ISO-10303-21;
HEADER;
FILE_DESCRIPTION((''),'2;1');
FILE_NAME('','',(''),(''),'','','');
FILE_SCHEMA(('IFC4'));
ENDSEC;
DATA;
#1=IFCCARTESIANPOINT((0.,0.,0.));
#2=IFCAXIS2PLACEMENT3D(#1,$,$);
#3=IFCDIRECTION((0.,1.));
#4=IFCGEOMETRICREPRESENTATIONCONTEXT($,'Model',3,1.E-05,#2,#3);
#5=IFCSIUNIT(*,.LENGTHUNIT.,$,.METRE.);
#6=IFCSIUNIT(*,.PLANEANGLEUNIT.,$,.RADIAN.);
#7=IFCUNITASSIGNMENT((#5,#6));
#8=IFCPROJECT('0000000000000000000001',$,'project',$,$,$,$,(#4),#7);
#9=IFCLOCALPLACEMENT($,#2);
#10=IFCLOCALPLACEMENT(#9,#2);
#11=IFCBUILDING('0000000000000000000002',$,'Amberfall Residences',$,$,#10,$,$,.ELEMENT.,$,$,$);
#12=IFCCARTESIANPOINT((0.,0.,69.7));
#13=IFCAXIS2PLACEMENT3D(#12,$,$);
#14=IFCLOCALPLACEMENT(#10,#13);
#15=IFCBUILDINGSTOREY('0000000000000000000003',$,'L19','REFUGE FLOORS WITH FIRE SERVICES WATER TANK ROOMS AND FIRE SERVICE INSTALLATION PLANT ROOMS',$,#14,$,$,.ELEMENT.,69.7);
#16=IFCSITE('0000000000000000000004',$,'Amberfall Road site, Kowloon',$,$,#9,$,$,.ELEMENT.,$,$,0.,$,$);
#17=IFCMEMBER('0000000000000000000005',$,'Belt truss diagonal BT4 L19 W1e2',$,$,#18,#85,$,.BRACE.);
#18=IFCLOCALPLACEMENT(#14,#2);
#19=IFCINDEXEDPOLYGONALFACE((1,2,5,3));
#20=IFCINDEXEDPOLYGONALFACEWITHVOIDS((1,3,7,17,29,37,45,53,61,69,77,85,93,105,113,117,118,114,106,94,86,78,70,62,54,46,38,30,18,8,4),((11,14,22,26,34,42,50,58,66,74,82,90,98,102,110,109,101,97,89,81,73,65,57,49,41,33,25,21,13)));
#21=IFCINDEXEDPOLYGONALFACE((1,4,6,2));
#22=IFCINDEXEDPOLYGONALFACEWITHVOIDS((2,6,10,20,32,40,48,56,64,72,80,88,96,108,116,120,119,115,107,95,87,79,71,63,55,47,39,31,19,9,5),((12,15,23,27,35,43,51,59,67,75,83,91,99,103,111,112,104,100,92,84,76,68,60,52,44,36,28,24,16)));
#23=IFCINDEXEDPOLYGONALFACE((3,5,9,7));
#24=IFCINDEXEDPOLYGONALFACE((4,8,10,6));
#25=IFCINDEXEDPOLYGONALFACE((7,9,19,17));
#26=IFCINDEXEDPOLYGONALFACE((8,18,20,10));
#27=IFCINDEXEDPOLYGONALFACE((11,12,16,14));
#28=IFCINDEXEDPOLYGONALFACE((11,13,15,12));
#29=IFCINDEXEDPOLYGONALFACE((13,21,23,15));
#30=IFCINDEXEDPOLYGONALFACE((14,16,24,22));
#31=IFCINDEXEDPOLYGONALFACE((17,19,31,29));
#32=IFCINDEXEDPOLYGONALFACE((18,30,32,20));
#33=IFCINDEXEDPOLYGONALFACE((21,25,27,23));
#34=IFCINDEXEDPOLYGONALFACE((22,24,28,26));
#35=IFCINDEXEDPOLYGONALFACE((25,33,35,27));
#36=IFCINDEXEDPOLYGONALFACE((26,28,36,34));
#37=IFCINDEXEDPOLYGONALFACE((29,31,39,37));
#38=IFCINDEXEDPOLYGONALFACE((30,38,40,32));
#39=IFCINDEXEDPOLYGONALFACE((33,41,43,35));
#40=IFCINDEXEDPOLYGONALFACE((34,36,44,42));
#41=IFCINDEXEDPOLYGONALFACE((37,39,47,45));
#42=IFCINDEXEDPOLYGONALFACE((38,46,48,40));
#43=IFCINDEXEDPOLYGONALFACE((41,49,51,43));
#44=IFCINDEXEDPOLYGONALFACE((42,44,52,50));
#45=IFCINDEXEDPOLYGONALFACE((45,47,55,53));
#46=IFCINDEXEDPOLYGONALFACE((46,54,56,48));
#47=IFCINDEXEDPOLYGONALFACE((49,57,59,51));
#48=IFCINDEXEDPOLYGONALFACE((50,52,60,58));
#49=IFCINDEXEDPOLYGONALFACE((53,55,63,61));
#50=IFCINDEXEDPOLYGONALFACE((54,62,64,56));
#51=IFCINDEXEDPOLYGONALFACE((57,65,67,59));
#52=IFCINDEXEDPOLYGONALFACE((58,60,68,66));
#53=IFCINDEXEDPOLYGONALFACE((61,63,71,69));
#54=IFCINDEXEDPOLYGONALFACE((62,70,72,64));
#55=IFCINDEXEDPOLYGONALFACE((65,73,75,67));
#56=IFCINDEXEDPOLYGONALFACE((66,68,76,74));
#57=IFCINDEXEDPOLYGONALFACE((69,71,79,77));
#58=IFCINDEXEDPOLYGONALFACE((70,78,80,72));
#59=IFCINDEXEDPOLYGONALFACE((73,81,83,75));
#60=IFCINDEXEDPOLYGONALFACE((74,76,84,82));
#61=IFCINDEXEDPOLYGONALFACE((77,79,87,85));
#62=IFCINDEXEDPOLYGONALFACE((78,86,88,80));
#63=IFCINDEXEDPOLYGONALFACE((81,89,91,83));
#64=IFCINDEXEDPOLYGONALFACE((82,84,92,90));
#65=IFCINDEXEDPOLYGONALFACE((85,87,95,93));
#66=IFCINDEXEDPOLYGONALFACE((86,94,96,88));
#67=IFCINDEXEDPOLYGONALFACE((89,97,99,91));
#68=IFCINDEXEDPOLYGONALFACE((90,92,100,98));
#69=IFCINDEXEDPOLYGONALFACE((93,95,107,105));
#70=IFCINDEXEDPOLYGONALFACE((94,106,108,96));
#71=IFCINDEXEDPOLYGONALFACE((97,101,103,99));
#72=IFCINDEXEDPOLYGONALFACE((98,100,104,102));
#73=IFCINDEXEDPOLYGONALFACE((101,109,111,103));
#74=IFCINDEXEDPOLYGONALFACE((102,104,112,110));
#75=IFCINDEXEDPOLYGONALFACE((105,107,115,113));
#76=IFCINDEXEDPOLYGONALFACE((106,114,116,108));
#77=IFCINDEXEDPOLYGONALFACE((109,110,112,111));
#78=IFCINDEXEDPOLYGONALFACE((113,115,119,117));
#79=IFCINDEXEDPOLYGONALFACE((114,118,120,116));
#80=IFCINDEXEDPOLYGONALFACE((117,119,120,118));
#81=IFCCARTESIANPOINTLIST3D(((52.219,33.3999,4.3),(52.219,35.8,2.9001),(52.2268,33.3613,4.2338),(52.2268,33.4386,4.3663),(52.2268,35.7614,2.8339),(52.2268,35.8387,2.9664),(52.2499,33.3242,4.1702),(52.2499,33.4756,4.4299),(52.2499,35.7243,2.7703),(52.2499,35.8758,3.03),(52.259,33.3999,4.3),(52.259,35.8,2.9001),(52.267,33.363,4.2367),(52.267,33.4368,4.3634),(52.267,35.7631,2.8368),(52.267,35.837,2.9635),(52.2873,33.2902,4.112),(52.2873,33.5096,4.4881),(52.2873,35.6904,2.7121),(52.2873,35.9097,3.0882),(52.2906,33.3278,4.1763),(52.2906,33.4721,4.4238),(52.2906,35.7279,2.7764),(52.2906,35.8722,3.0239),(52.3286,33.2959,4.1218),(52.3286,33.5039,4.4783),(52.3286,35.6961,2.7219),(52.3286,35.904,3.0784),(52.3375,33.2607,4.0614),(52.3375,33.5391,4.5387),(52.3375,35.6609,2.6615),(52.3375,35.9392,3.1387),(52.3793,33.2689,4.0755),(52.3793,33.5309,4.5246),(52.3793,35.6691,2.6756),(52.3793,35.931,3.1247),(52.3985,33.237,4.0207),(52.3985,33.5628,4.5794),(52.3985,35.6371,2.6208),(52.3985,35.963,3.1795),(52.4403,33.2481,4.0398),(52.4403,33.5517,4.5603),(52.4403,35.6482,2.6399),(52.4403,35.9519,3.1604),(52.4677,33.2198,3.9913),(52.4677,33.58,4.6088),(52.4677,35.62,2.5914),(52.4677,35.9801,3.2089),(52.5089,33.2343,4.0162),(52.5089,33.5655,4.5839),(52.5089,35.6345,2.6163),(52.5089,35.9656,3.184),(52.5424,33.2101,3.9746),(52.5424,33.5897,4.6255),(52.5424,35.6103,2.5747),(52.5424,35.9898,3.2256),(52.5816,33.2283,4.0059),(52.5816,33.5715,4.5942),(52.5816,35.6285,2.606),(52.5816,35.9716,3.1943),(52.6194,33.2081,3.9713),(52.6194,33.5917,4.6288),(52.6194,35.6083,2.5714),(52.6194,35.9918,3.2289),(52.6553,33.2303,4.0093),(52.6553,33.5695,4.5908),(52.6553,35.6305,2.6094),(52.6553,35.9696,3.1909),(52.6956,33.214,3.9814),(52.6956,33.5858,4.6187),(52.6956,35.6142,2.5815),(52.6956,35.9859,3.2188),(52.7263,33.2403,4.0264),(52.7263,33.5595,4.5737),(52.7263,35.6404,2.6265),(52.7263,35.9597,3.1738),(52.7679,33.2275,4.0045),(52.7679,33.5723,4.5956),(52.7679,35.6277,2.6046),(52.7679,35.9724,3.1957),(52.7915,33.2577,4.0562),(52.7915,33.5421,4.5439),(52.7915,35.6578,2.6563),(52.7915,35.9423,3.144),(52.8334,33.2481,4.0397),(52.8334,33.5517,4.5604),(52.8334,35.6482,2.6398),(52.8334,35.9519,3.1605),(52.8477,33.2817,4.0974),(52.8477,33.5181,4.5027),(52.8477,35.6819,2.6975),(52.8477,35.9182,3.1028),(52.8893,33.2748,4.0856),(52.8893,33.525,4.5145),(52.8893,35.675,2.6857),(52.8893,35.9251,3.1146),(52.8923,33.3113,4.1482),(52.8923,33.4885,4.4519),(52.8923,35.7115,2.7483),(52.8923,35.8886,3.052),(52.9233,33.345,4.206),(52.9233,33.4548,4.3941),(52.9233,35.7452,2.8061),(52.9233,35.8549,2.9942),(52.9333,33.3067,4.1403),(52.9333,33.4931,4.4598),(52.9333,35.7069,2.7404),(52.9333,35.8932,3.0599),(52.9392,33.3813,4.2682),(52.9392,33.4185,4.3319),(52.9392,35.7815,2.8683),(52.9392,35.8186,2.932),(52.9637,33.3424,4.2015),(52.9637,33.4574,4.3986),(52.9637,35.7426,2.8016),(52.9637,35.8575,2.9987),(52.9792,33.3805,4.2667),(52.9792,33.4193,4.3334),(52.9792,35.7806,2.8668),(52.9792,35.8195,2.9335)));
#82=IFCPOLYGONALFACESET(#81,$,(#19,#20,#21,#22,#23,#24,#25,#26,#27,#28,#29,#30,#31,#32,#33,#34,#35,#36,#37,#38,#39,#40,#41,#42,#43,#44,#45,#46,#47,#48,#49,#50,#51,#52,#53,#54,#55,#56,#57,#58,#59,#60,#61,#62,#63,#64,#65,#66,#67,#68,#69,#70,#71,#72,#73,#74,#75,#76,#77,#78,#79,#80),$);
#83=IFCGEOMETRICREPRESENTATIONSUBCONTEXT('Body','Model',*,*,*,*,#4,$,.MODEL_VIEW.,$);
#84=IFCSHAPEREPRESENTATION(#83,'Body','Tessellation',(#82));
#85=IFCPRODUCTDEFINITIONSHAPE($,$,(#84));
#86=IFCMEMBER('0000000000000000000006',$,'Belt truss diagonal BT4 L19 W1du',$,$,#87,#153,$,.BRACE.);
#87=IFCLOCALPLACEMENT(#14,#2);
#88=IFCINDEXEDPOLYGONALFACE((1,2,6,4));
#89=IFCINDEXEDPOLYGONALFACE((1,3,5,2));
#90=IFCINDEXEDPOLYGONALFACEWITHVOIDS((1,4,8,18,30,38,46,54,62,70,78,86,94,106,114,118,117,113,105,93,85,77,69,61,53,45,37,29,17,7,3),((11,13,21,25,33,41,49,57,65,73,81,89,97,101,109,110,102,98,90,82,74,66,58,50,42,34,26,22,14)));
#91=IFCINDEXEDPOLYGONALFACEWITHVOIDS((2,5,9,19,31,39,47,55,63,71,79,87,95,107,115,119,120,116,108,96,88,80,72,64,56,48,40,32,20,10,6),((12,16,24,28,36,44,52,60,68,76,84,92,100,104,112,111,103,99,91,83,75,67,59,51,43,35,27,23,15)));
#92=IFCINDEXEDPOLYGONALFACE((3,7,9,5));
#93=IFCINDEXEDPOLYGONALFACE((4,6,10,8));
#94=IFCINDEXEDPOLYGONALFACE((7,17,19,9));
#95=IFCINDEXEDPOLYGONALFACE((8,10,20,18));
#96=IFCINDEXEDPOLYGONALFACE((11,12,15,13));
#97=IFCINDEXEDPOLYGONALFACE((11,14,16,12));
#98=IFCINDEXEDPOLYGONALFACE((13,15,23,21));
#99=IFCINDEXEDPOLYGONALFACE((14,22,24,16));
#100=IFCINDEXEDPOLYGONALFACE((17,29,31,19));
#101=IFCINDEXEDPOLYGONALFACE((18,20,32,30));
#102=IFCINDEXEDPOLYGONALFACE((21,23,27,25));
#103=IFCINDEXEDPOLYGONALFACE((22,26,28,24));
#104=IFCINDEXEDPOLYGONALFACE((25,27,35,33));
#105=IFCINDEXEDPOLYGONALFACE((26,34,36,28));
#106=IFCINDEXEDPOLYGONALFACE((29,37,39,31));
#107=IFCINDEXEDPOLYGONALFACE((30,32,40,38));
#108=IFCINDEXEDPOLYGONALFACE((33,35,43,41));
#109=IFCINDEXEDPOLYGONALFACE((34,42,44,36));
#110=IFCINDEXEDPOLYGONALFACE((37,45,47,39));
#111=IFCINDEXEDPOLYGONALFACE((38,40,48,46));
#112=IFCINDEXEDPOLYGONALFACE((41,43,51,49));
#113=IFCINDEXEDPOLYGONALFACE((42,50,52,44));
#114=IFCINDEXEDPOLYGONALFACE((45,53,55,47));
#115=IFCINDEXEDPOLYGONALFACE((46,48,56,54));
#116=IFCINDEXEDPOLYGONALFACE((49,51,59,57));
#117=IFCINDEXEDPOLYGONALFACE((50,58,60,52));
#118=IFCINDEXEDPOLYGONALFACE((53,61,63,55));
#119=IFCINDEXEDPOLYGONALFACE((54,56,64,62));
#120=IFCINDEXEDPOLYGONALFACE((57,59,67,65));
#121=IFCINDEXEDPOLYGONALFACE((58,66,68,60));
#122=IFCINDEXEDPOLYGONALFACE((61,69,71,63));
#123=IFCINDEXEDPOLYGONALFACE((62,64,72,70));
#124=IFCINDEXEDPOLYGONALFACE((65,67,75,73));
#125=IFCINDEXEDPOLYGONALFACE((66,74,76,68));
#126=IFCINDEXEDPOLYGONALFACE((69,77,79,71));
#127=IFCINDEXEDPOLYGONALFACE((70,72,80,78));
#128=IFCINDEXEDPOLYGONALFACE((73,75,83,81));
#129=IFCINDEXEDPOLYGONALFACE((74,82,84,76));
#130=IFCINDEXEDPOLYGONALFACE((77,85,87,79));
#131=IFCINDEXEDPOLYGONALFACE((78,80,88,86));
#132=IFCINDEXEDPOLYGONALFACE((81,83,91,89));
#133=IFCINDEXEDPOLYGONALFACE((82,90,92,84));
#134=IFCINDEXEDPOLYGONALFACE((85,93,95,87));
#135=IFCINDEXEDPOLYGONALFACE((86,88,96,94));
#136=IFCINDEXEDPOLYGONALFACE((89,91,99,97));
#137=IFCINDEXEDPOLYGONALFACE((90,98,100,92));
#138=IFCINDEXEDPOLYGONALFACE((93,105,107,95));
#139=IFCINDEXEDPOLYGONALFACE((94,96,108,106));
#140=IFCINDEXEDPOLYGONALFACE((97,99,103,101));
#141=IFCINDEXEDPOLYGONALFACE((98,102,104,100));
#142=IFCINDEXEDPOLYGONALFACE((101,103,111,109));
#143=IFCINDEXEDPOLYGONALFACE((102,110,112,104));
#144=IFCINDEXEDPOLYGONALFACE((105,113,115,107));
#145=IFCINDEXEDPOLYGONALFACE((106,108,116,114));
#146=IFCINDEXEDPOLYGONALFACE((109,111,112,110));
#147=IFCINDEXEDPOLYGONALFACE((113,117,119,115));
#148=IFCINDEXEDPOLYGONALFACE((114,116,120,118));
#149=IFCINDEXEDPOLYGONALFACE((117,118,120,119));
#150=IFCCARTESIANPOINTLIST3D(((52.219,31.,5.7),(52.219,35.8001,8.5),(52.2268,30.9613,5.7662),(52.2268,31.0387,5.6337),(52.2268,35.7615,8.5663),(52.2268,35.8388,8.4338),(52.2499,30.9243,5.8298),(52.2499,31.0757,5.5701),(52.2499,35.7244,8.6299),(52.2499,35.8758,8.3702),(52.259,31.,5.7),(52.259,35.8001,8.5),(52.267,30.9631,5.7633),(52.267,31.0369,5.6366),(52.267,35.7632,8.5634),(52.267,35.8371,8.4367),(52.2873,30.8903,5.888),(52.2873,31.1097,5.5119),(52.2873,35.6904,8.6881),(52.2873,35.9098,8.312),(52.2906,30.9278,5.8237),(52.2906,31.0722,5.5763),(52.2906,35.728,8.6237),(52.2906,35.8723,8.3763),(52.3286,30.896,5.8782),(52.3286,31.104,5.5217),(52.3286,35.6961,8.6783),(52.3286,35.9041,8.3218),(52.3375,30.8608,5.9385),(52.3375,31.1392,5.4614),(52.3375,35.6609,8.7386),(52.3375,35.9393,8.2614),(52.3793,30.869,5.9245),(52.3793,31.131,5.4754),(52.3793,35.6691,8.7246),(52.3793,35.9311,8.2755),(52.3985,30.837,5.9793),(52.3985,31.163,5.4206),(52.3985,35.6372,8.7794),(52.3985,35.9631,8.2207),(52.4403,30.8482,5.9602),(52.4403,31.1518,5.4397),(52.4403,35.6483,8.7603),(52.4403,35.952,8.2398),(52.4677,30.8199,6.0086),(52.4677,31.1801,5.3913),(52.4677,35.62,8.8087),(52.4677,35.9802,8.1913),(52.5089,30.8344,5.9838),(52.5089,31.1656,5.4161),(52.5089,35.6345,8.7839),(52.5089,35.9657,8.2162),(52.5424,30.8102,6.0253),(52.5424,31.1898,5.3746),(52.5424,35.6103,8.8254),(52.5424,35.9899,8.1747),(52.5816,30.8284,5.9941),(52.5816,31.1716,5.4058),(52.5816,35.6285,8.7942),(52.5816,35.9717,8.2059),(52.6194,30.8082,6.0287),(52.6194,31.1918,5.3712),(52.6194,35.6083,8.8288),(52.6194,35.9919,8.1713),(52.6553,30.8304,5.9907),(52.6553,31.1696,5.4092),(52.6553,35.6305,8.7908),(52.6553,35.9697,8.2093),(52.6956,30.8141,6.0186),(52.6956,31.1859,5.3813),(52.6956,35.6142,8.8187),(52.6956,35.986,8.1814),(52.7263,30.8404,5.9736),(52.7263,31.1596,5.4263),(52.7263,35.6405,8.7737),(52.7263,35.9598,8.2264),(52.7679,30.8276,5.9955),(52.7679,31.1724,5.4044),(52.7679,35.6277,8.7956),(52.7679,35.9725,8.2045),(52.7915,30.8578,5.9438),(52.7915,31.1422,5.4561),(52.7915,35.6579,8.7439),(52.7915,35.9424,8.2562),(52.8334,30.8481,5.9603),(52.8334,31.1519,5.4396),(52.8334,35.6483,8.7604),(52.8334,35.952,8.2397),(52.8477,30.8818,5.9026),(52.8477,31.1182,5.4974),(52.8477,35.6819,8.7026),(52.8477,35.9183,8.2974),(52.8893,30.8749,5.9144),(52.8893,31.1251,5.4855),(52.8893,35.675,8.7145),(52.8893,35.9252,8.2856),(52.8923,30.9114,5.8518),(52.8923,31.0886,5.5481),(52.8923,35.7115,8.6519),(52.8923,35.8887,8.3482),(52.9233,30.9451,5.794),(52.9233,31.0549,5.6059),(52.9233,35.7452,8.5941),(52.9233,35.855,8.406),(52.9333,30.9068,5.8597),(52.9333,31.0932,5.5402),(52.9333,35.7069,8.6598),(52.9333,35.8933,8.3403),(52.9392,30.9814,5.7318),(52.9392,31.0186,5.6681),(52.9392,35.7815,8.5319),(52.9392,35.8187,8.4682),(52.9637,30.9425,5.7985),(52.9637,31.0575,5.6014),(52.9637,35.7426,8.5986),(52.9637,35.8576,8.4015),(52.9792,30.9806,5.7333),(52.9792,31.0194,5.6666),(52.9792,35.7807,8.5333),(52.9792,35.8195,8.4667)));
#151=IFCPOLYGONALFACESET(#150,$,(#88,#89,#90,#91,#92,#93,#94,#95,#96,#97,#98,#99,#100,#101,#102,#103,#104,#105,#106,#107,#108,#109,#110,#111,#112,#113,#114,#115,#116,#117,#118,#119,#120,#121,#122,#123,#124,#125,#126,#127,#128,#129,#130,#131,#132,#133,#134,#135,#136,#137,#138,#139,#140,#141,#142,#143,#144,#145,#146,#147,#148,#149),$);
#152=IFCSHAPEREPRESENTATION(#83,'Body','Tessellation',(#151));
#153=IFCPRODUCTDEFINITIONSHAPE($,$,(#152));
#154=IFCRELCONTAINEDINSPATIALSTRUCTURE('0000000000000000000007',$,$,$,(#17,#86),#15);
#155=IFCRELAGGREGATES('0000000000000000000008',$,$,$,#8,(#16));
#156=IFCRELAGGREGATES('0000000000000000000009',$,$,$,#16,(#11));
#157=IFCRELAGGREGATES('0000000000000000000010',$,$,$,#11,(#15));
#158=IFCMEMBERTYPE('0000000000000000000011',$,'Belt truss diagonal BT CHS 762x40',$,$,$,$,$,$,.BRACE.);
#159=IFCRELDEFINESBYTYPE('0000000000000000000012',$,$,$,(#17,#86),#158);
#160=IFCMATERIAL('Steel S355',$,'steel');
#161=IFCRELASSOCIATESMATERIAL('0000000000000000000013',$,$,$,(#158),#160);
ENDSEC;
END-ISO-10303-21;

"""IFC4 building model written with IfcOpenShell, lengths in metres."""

from ifc_helpers import new_model, si_unit, direction, frame, origin, origin_2d, place, context, subcontext, project, spatial, hollow_circle, extrude, material, material_profile, profile_set, type_object, element, save


model = new_model("IFC4")

# Units and contexts
model_context = context("Model", 3, precision=1e-05, world=origin(), true_north=direction((0.0, 1.0)))
body_context = subcontext(model_context, "Body", "Model", "MODEL_VIEW")
ifc_project = project(units=[si_unit("LENGTHUNIT", "METRE"), si_unit("PLANEANGLEUNIT", "RADIAN")], contexts=[model_context])

# Site, building, storey
site_placement = place(None, origin())
site = spatial("IfcSite", under=ifc_project, at=site_placement, Name="Amberfall Road site, Kowloon", CompositionType="ELEMENT", RefElevation=0.0)
building_placement = place(site_placement, origin())
building = spatial("IfcBuilding", under=site, at=building_placement, Name="Amberfall Residences", CompositionType="ELEMENT")
storey_placement = place(building_placement, frame((0.0, 0.0, 69.7)))
storey = spatial("IfcBuildingStorey", under=building, at=storey_placement, Name="L19", Description="REFUGE FLOORS WITH FIRE SERVICES WATER TANK ROOMS AND FIRE SERVICE INSTALLATION PLANT ROOMS", CompositionType="ELEMENT", Elevation=69.7)

# Shared definitions
ifc_material_1 = material(Name="Steel S355", Category="steel")

# Members
ifc_material_profile_1 = material_profile(ifc_material_1, hollow_circle(Radius=0.3811, WallThickness=0.04, at=origin_2d()), Name="CHS 762x40")
ifc_profile_set_1 = profile_set([ifc_material_profile_1], Name="Steel S355")
member_type = type_object("IfcMemberType", Name="Belt truss diagonal BT CHS 762x40", PredefinedType="BRACE", material=ifc_profile_set_1)
member_1_placement = place(storey_placement, frame((52.6001, 33.3999, 4.3), z_axis=(0.0, 0.863808, -0.503822), x_axis=(-1.0, 0.0, 0.0)))
element("IfcMember", 1, at=member_1_placement, inside=storey, type_object=member_type, Name="Belt truss diagonal BT4 L19 W1e2", PredefinedType="BRACE", context=body_context, shape_type="SweptSolid", body=[
    extrude(hollow_circle(Radius=0.3811, WallThickness=0.04, at=origin_2d()), origin(), (0.0, 0.0, 1.0), 2.7786),
])
member_2_placement = place(storey_placement, frame((52.6001, 31.0, 5.7), z_axis=(0.0, 0.863777, 0.503874), x_axis=(-1.0, 0.0, 0.0)))
element("IfcMember", 2, at=member_2_placement, inside=storey, type_object=member_type, Name="Belt truss diagonal BT4 L19 W1du", PredefinedType="BRACE", context=body_context, shape_type="SweptSolid", body=[
    extrude(hollow_circle(Radius=0.3811, WallThickness=0.04, at=origin_2d()), origin(), (0.0, 0.0, 1.0), 5.5571),
])

save(model, "model.ifc")
